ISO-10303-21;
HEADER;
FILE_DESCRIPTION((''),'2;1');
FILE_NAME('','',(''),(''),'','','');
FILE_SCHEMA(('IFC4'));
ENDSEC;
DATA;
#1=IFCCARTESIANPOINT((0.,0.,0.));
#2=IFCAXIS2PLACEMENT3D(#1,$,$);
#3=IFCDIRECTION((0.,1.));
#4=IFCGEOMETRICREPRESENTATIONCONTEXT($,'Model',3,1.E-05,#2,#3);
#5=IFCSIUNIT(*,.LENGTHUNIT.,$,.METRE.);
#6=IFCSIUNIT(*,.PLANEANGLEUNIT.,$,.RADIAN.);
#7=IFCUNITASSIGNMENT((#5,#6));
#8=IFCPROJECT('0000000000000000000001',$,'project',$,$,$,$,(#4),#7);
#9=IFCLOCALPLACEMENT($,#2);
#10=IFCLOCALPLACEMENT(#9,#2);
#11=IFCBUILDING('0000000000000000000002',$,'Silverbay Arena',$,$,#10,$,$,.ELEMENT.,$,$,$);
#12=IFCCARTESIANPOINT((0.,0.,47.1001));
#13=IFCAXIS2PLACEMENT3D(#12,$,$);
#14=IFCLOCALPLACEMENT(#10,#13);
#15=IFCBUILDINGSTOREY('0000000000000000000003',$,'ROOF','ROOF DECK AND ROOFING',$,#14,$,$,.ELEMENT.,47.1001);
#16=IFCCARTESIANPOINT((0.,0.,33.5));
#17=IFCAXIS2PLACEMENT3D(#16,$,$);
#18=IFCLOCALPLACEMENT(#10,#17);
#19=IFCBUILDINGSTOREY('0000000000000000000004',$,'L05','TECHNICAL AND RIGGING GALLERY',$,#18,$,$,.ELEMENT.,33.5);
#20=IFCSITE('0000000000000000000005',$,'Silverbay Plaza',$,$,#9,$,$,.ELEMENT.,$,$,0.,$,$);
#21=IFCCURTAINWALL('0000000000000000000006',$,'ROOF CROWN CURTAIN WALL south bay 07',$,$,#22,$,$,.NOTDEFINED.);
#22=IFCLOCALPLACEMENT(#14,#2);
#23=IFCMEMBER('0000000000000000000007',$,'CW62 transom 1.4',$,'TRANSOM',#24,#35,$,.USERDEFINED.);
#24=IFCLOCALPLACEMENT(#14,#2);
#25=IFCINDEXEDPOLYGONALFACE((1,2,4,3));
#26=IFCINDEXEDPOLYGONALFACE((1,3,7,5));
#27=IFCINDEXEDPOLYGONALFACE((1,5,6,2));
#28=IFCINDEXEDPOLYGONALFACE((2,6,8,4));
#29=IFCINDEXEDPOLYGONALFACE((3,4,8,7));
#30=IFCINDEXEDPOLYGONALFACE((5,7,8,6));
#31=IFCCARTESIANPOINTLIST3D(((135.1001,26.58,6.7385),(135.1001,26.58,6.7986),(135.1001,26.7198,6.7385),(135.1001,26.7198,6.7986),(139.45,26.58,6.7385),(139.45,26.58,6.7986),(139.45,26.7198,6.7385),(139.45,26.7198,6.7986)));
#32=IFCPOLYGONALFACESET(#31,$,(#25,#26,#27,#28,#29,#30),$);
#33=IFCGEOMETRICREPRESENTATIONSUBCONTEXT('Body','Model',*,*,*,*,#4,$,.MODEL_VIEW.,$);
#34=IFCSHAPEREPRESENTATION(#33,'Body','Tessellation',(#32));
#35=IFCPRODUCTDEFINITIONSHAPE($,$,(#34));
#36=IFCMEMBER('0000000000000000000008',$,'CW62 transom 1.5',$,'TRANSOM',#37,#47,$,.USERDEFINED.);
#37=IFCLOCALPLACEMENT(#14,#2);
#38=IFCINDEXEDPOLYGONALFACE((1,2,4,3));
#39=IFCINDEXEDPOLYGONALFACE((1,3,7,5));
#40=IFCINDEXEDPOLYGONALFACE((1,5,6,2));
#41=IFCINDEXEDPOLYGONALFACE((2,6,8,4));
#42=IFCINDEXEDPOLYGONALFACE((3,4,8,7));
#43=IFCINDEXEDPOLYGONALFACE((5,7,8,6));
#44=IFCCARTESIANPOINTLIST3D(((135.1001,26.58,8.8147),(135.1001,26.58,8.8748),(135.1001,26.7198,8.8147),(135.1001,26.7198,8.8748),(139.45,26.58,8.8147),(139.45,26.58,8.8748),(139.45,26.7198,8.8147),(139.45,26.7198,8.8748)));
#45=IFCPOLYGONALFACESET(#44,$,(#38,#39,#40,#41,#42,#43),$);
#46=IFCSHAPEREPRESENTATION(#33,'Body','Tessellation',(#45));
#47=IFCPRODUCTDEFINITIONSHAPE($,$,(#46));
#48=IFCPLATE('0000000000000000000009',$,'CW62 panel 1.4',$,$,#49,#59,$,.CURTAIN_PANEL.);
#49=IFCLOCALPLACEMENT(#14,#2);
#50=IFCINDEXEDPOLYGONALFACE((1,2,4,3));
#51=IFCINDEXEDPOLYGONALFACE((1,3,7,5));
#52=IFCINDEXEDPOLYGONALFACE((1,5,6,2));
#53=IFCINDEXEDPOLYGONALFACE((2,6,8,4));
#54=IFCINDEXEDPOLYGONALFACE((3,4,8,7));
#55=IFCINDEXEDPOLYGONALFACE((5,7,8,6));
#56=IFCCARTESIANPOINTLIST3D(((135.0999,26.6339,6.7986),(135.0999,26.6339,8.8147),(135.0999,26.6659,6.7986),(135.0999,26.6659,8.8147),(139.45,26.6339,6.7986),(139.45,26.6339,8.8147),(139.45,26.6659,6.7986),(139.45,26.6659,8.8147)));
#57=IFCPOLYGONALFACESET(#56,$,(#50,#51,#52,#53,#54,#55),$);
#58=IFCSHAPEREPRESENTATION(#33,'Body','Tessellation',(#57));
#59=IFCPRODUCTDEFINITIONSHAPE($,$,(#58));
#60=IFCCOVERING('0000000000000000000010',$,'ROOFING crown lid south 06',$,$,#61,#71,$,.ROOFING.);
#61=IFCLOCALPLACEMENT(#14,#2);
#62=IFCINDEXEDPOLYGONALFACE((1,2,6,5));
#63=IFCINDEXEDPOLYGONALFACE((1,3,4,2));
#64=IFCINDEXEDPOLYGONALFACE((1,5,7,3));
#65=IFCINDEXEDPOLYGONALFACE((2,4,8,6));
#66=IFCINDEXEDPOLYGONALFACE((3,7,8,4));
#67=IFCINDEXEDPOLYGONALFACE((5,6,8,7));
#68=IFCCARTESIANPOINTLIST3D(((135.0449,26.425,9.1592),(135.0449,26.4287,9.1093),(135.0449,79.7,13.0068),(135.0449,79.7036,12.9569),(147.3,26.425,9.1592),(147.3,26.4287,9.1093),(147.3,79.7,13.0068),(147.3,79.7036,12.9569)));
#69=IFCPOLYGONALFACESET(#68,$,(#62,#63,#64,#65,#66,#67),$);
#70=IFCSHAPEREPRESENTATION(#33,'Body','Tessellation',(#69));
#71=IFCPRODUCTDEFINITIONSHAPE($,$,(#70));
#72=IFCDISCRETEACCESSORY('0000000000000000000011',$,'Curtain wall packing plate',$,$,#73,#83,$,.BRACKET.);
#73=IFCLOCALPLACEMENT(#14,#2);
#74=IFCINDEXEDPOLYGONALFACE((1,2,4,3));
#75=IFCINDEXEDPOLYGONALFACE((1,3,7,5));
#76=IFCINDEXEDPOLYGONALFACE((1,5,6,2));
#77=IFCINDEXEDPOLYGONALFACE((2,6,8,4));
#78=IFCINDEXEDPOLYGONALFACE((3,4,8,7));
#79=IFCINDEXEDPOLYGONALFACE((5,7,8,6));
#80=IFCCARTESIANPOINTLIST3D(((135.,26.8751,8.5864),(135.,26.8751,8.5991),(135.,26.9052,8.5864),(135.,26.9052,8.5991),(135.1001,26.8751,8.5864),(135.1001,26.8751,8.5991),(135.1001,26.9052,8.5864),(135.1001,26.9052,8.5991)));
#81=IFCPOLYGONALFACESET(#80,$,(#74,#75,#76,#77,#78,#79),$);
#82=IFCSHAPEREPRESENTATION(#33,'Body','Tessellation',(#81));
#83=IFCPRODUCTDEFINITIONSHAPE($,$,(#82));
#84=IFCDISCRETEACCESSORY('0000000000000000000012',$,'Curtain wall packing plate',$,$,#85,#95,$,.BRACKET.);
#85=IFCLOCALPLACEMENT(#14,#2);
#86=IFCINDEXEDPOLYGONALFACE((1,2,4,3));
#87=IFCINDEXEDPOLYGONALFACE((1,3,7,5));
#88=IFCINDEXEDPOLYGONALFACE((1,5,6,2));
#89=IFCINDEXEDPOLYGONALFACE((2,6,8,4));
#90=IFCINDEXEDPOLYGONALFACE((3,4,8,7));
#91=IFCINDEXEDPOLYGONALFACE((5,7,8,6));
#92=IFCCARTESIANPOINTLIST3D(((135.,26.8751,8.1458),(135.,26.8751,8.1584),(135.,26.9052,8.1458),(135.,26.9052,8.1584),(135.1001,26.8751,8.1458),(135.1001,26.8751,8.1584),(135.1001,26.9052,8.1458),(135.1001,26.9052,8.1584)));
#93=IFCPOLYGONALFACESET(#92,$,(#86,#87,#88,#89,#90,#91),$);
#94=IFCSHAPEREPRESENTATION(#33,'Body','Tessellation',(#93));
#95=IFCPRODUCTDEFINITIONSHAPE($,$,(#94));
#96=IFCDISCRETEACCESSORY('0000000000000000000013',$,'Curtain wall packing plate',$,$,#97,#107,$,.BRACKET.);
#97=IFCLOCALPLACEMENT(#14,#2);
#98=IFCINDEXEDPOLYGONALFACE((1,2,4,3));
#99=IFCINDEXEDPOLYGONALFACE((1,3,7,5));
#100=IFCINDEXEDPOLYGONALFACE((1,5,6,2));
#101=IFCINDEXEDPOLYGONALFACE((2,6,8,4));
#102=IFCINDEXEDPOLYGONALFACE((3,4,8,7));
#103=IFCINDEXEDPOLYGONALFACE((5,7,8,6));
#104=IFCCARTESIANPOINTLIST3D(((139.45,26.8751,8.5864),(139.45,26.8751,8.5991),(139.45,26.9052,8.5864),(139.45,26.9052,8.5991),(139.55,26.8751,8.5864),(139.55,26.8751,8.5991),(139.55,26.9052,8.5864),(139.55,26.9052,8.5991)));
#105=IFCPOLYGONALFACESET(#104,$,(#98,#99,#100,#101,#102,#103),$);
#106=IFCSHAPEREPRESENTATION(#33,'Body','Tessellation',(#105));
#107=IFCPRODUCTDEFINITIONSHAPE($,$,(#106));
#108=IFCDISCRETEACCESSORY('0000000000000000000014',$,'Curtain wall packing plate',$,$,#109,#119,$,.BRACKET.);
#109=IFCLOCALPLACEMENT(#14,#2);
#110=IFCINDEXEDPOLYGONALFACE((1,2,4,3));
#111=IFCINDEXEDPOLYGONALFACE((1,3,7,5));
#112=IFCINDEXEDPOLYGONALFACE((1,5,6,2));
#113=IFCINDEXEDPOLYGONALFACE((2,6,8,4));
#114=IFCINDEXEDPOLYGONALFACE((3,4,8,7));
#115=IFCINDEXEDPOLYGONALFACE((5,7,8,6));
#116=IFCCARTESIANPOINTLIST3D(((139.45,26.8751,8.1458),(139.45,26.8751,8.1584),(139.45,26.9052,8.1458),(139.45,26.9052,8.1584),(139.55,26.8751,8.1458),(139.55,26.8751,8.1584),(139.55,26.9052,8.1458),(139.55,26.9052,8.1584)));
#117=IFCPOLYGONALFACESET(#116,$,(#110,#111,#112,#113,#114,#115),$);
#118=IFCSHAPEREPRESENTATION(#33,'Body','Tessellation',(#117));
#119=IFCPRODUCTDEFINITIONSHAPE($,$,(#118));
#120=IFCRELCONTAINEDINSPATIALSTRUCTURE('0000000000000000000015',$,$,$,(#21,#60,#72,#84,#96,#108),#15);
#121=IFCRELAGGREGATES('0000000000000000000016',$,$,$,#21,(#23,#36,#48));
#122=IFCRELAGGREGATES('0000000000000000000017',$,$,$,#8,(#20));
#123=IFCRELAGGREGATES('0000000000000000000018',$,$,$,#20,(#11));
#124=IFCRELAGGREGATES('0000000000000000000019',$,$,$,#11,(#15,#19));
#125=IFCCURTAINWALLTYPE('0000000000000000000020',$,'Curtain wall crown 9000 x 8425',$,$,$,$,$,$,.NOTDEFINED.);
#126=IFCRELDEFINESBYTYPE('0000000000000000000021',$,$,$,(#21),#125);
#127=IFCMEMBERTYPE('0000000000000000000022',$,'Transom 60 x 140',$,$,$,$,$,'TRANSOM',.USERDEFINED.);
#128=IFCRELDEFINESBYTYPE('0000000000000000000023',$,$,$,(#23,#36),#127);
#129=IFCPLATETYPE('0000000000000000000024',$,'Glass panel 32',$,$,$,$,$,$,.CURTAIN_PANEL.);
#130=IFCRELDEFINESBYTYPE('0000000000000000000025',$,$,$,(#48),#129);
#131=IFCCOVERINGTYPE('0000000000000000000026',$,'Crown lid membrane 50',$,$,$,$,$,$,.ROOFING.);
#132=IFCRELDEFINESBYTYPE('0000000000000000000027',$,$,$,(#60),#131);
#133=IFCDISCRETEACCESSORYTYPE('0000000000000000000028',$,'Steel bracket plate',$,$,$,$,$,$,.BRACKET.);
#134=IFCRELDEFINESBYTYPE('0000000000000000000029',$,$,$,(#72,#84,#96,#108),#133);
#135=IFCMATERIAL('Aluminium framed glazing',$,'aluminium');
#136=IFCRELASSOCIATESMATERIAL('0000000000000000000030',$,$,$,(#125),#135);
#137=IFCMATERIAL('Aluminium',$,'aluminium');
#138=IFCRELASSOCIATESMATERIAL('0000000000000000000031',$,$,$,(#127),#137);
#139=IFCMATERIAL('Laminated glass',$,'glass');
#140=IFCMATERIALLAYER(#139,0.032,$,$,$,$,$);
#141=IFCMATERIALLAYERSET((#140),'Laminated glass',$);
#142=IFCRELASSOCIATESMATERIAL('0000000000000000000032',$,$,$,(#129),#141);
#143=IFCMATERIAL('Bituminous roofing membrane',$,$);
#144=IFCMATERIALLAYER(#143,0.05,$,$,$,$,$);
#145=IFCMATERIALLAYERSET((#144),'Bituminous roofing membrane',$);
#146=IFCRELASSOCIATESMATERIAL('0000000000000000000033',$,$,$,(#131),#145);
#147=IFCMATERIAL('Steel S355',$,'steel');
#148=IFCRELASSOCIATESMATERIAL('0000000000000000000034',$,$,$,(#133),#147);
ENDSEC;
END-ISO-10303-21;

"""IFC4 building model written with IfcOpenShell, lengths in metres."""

from ifc_helpers import new_model, si_unit, direction, frame, origin, origin_2d, place, context, subcontext, project, spatial, polyline, rectangle, outline, extrude, material, layer, layer_set, material_profile, profile_set, type_object, element, aggregate, save


model = new_model("IFC4")

# Units and contexts
model_context = context("Model", 3, precision=1e-05, world=origin(), true_north=direction((0.0, 1.0)))
body_context = subcontext(model_context, "Body", "Model", "MODEL_VIEW")
ifc_project = project(units=[si_unit("LENGTHUNIT", "METRE"), si_unit("PLANEANGLEUNIT", "RADIAN")], contexts=[model_context])

# Site, building, storey
site_placement = place(None, origin())
site = spatial("IfcSite", under=ifc_project, at=site_placement, Name="Silverbay Plaza", CompositionType="ELEMENT", RefElevation=0.0)
building_placement = place(site_placement, origin())
building = spatial("IfcBuilding", under=site, at=building_placement, Name="Silverbay Arena", CompositionType="ELEMENT")
storey_1_placement = place(building_placement, frame((0.0, 0.0, 47.1001)))
storey_1 = spatial("IfcBuildingStorey", under=building, at=storey_1_placement, Name="ROOF", Description="ROOF DECK AND ROOFING", CompositionType="ELEMENT", Elevation=47.1001)

# Curtain wall, members
ifc_material_1 = material(Name="Aluminium framed glazing", Category="aluminium")
curtain_wall_type = type_object("IfcCurtainWallType", Name="Curtain wall crown 9000 x 8425", PredefinedType="NOTDEFINED", material=ifc_material_1)
curtain_wall_placement = place(storey_1_placement, origin())
curtain_wall = element("IfcCurtainWall", 1, at=curtain_wall_placement, inside=storey_1, type_object=curtain_wall_type, Name="ROOF CROWN CURTAIN WALL south bay 07", PredefinedType="NOTDEFINED")
ifc_material_2 = material(Name="Aluminium", Category="aluminium")
ifc_material_profile = material_profile(ifc_material_2, rectangle(XDim=0.1399, YDim=0.0601, at=origin_2d()), Name="Transom 60 x 140")
ifc_profile_set = profile_set([ifc_material_profile], Name="Aluminium")
member_type = type_object("IfcMemberType", Name="Transom 60 x 140", ElementType="TRANSOM", PredefinedType="USERDEFINED", material=ifc_profile_set)
storey_2_placement = place(building_placement, frame((0.0, 0.0, 33.5)))
member_1_placement = place(storey_2_placement, frame((135.1001, 26.6499, 20.3687), z_axis=(1.0, 0.0, 0.0), x_axis=(0.0, 1.0, 0.0)))
member_1 = element("IfcMember", 2, at=member_1_placement, type_object=member_type, Name="CW62 transom 1.4", ObjectType="TRANSOM", PredefinedType="USERDEFINED", context=body_context, shape_type="SweptSolid", body=[
    extrude(rectangle(XDim=0.1399, YDim=0.0601, at=origin_2d()), origin(), (0.0, 0.0, 1.0), 4.3499),
])
member_2_placement = place(storey_2_placement, frame((135.1001, 26.6499, 22.4448), z_axis=(1.0, 0.0, 0.0), x_axis=(0.0, 1.0, 0.0)))
member_2 = element("IfcMember", 3, at=member_2_placement, type_object=member_type, Name="CW62 transom 1.5", ObjectType="TRANSOM", PredefinedType="USERDEFINED", context=body_context, shape_type="SweptSolid", body=[
    extrude(rectangle(XDim=0.1399, YDim=0.0601, at=origin_2d()), origin(), (0.0, 0.0, 1.0), 4.3499),
])

# Shared definitions
storey_2 = spatial("IfcBuildingStorey", under=building, at=storey_2_placement, Name="L05", Description="TECHNICAL AND RIGGING GALLERY", CompositionType="ELEMENT", Elevation=33.5)

# Plate
ifc_material_3 = material(Name="Laminated glass", Category="glass")
ifc_layer_1 = layer(ifc_material_3, 0.032)
ifc_layer_set_1 = layer_set([ifc_layer_1], Name="Laminated glass")
plate_type = type_object("IfcPlateType", Name="Glass panel 32", PredefinedType="CURTAIN_PANEL", material=ifc_layer_set_1)
plate_placement = place(storey_2_placement, frame((137.2749, 26.6499, 20.3987), z_axis=(0.0, 0.0, 1.0), x_axis=(1.0, 0.0, 0.0)))
plate = element("IfcPlate", 4, at=plate_placement, type_object=plate_type, Name="CW62 panel 1.4", PredefinedType="CURTAIN_PANEL", context=body_context, shape_type="SweptSolid", body=[
    extrude(rectangle(XDim=4.3501, YDim=0.032, at=origin_2d()), origin(), (0.0, 0.0, 1.0), 2.0161),
])
aggregate(curtain_wall, [member_1, member_2, plate])

# Covering
ifc_material_4 = material(Name="Bituminous roofing membrane")
ifc_layer_2 = layer(ifc_material_4, 0.05)
ifc_layer_set_2 = layer_set([ifc_layer_2], Name="Bituminous roofing membrane")
covering_type = type_object("IfcCoveringType", Name="Crown lid membrane 50", PredefinedType="ROOFING", material=ifc_layer_set_2)
covering_placement = place(storey_1_placement, frame((135.0449, 26.425, 9.1592), z_axis=(0.0, -0.072035, 0.997402), x_axis=(1.0, 0.0, 0.0)))
element("IfcCovering", 5, at=covering_placement, inside=storey_1, type_object=covering_type, Name="ROOFING crown lid south 06", PredefinedType="ROOFING", context=body_context, shape_type="SweptSolid", body=[
    extrude(outline(polyline([(0.0, 0.0), (12.2551, 0.0), (12.2551, 53.4137), (0.0, 53.4137), (0.0, 0.0)])), origin(), (0.0, 0.0, -1.0), 0.05),
])

# Discrete accessories
ifc_material_5 = material(Name="Steel S355", Category="steel")
discrete_accessory_type = type_object("IfcDiscreteAccessoryType", Name="Steel bracket plate", PredefinedType="BRACKET", material=ifc_material_5)
for number, where, z_axis, x_axis, name in (
    (6, (135.05, 26.8901, 8.5864), (0.0, 0.0, 1.0), (1.0, 0.0, 0.0), "Curtain wall packing plate"),
    (7, (135.05, 26.8901, 8.1458), (0.0, 0.0, 1.0), (1.0, 0.0, 0.0), "Curtain wall packing plate"),
    (8, (139.5, 26.8901, 8.5864), (0.0, 0.0, 1.0), (1.0, 0.0, 0.0), "Curtain wall packing plate"),
    (9, (139.5, 26.8901, 8.1458), (0.0, 0.0, 1.0), (1.0, 0.0, 0.0), "Curtain wall packing plate"),
):
    element("IfcDiscreteAccessory", number, at=place(storey_1_placement, frame(where, z_axis=z_axis, x_axis=x_axis)), inside=storey_1, type_object=discrete_accessory_type, Name=name, PredefinedType="BRACKET", context=body_context, shape_type="SweptSolid", body=[
        extrude(rectangle(XDim=0.1001, YDim=0.03, at=origin_2d()), origin(), (0.0, 0.0, 1.0), 0.0127),
    ])

save(model, "model.ifc")
